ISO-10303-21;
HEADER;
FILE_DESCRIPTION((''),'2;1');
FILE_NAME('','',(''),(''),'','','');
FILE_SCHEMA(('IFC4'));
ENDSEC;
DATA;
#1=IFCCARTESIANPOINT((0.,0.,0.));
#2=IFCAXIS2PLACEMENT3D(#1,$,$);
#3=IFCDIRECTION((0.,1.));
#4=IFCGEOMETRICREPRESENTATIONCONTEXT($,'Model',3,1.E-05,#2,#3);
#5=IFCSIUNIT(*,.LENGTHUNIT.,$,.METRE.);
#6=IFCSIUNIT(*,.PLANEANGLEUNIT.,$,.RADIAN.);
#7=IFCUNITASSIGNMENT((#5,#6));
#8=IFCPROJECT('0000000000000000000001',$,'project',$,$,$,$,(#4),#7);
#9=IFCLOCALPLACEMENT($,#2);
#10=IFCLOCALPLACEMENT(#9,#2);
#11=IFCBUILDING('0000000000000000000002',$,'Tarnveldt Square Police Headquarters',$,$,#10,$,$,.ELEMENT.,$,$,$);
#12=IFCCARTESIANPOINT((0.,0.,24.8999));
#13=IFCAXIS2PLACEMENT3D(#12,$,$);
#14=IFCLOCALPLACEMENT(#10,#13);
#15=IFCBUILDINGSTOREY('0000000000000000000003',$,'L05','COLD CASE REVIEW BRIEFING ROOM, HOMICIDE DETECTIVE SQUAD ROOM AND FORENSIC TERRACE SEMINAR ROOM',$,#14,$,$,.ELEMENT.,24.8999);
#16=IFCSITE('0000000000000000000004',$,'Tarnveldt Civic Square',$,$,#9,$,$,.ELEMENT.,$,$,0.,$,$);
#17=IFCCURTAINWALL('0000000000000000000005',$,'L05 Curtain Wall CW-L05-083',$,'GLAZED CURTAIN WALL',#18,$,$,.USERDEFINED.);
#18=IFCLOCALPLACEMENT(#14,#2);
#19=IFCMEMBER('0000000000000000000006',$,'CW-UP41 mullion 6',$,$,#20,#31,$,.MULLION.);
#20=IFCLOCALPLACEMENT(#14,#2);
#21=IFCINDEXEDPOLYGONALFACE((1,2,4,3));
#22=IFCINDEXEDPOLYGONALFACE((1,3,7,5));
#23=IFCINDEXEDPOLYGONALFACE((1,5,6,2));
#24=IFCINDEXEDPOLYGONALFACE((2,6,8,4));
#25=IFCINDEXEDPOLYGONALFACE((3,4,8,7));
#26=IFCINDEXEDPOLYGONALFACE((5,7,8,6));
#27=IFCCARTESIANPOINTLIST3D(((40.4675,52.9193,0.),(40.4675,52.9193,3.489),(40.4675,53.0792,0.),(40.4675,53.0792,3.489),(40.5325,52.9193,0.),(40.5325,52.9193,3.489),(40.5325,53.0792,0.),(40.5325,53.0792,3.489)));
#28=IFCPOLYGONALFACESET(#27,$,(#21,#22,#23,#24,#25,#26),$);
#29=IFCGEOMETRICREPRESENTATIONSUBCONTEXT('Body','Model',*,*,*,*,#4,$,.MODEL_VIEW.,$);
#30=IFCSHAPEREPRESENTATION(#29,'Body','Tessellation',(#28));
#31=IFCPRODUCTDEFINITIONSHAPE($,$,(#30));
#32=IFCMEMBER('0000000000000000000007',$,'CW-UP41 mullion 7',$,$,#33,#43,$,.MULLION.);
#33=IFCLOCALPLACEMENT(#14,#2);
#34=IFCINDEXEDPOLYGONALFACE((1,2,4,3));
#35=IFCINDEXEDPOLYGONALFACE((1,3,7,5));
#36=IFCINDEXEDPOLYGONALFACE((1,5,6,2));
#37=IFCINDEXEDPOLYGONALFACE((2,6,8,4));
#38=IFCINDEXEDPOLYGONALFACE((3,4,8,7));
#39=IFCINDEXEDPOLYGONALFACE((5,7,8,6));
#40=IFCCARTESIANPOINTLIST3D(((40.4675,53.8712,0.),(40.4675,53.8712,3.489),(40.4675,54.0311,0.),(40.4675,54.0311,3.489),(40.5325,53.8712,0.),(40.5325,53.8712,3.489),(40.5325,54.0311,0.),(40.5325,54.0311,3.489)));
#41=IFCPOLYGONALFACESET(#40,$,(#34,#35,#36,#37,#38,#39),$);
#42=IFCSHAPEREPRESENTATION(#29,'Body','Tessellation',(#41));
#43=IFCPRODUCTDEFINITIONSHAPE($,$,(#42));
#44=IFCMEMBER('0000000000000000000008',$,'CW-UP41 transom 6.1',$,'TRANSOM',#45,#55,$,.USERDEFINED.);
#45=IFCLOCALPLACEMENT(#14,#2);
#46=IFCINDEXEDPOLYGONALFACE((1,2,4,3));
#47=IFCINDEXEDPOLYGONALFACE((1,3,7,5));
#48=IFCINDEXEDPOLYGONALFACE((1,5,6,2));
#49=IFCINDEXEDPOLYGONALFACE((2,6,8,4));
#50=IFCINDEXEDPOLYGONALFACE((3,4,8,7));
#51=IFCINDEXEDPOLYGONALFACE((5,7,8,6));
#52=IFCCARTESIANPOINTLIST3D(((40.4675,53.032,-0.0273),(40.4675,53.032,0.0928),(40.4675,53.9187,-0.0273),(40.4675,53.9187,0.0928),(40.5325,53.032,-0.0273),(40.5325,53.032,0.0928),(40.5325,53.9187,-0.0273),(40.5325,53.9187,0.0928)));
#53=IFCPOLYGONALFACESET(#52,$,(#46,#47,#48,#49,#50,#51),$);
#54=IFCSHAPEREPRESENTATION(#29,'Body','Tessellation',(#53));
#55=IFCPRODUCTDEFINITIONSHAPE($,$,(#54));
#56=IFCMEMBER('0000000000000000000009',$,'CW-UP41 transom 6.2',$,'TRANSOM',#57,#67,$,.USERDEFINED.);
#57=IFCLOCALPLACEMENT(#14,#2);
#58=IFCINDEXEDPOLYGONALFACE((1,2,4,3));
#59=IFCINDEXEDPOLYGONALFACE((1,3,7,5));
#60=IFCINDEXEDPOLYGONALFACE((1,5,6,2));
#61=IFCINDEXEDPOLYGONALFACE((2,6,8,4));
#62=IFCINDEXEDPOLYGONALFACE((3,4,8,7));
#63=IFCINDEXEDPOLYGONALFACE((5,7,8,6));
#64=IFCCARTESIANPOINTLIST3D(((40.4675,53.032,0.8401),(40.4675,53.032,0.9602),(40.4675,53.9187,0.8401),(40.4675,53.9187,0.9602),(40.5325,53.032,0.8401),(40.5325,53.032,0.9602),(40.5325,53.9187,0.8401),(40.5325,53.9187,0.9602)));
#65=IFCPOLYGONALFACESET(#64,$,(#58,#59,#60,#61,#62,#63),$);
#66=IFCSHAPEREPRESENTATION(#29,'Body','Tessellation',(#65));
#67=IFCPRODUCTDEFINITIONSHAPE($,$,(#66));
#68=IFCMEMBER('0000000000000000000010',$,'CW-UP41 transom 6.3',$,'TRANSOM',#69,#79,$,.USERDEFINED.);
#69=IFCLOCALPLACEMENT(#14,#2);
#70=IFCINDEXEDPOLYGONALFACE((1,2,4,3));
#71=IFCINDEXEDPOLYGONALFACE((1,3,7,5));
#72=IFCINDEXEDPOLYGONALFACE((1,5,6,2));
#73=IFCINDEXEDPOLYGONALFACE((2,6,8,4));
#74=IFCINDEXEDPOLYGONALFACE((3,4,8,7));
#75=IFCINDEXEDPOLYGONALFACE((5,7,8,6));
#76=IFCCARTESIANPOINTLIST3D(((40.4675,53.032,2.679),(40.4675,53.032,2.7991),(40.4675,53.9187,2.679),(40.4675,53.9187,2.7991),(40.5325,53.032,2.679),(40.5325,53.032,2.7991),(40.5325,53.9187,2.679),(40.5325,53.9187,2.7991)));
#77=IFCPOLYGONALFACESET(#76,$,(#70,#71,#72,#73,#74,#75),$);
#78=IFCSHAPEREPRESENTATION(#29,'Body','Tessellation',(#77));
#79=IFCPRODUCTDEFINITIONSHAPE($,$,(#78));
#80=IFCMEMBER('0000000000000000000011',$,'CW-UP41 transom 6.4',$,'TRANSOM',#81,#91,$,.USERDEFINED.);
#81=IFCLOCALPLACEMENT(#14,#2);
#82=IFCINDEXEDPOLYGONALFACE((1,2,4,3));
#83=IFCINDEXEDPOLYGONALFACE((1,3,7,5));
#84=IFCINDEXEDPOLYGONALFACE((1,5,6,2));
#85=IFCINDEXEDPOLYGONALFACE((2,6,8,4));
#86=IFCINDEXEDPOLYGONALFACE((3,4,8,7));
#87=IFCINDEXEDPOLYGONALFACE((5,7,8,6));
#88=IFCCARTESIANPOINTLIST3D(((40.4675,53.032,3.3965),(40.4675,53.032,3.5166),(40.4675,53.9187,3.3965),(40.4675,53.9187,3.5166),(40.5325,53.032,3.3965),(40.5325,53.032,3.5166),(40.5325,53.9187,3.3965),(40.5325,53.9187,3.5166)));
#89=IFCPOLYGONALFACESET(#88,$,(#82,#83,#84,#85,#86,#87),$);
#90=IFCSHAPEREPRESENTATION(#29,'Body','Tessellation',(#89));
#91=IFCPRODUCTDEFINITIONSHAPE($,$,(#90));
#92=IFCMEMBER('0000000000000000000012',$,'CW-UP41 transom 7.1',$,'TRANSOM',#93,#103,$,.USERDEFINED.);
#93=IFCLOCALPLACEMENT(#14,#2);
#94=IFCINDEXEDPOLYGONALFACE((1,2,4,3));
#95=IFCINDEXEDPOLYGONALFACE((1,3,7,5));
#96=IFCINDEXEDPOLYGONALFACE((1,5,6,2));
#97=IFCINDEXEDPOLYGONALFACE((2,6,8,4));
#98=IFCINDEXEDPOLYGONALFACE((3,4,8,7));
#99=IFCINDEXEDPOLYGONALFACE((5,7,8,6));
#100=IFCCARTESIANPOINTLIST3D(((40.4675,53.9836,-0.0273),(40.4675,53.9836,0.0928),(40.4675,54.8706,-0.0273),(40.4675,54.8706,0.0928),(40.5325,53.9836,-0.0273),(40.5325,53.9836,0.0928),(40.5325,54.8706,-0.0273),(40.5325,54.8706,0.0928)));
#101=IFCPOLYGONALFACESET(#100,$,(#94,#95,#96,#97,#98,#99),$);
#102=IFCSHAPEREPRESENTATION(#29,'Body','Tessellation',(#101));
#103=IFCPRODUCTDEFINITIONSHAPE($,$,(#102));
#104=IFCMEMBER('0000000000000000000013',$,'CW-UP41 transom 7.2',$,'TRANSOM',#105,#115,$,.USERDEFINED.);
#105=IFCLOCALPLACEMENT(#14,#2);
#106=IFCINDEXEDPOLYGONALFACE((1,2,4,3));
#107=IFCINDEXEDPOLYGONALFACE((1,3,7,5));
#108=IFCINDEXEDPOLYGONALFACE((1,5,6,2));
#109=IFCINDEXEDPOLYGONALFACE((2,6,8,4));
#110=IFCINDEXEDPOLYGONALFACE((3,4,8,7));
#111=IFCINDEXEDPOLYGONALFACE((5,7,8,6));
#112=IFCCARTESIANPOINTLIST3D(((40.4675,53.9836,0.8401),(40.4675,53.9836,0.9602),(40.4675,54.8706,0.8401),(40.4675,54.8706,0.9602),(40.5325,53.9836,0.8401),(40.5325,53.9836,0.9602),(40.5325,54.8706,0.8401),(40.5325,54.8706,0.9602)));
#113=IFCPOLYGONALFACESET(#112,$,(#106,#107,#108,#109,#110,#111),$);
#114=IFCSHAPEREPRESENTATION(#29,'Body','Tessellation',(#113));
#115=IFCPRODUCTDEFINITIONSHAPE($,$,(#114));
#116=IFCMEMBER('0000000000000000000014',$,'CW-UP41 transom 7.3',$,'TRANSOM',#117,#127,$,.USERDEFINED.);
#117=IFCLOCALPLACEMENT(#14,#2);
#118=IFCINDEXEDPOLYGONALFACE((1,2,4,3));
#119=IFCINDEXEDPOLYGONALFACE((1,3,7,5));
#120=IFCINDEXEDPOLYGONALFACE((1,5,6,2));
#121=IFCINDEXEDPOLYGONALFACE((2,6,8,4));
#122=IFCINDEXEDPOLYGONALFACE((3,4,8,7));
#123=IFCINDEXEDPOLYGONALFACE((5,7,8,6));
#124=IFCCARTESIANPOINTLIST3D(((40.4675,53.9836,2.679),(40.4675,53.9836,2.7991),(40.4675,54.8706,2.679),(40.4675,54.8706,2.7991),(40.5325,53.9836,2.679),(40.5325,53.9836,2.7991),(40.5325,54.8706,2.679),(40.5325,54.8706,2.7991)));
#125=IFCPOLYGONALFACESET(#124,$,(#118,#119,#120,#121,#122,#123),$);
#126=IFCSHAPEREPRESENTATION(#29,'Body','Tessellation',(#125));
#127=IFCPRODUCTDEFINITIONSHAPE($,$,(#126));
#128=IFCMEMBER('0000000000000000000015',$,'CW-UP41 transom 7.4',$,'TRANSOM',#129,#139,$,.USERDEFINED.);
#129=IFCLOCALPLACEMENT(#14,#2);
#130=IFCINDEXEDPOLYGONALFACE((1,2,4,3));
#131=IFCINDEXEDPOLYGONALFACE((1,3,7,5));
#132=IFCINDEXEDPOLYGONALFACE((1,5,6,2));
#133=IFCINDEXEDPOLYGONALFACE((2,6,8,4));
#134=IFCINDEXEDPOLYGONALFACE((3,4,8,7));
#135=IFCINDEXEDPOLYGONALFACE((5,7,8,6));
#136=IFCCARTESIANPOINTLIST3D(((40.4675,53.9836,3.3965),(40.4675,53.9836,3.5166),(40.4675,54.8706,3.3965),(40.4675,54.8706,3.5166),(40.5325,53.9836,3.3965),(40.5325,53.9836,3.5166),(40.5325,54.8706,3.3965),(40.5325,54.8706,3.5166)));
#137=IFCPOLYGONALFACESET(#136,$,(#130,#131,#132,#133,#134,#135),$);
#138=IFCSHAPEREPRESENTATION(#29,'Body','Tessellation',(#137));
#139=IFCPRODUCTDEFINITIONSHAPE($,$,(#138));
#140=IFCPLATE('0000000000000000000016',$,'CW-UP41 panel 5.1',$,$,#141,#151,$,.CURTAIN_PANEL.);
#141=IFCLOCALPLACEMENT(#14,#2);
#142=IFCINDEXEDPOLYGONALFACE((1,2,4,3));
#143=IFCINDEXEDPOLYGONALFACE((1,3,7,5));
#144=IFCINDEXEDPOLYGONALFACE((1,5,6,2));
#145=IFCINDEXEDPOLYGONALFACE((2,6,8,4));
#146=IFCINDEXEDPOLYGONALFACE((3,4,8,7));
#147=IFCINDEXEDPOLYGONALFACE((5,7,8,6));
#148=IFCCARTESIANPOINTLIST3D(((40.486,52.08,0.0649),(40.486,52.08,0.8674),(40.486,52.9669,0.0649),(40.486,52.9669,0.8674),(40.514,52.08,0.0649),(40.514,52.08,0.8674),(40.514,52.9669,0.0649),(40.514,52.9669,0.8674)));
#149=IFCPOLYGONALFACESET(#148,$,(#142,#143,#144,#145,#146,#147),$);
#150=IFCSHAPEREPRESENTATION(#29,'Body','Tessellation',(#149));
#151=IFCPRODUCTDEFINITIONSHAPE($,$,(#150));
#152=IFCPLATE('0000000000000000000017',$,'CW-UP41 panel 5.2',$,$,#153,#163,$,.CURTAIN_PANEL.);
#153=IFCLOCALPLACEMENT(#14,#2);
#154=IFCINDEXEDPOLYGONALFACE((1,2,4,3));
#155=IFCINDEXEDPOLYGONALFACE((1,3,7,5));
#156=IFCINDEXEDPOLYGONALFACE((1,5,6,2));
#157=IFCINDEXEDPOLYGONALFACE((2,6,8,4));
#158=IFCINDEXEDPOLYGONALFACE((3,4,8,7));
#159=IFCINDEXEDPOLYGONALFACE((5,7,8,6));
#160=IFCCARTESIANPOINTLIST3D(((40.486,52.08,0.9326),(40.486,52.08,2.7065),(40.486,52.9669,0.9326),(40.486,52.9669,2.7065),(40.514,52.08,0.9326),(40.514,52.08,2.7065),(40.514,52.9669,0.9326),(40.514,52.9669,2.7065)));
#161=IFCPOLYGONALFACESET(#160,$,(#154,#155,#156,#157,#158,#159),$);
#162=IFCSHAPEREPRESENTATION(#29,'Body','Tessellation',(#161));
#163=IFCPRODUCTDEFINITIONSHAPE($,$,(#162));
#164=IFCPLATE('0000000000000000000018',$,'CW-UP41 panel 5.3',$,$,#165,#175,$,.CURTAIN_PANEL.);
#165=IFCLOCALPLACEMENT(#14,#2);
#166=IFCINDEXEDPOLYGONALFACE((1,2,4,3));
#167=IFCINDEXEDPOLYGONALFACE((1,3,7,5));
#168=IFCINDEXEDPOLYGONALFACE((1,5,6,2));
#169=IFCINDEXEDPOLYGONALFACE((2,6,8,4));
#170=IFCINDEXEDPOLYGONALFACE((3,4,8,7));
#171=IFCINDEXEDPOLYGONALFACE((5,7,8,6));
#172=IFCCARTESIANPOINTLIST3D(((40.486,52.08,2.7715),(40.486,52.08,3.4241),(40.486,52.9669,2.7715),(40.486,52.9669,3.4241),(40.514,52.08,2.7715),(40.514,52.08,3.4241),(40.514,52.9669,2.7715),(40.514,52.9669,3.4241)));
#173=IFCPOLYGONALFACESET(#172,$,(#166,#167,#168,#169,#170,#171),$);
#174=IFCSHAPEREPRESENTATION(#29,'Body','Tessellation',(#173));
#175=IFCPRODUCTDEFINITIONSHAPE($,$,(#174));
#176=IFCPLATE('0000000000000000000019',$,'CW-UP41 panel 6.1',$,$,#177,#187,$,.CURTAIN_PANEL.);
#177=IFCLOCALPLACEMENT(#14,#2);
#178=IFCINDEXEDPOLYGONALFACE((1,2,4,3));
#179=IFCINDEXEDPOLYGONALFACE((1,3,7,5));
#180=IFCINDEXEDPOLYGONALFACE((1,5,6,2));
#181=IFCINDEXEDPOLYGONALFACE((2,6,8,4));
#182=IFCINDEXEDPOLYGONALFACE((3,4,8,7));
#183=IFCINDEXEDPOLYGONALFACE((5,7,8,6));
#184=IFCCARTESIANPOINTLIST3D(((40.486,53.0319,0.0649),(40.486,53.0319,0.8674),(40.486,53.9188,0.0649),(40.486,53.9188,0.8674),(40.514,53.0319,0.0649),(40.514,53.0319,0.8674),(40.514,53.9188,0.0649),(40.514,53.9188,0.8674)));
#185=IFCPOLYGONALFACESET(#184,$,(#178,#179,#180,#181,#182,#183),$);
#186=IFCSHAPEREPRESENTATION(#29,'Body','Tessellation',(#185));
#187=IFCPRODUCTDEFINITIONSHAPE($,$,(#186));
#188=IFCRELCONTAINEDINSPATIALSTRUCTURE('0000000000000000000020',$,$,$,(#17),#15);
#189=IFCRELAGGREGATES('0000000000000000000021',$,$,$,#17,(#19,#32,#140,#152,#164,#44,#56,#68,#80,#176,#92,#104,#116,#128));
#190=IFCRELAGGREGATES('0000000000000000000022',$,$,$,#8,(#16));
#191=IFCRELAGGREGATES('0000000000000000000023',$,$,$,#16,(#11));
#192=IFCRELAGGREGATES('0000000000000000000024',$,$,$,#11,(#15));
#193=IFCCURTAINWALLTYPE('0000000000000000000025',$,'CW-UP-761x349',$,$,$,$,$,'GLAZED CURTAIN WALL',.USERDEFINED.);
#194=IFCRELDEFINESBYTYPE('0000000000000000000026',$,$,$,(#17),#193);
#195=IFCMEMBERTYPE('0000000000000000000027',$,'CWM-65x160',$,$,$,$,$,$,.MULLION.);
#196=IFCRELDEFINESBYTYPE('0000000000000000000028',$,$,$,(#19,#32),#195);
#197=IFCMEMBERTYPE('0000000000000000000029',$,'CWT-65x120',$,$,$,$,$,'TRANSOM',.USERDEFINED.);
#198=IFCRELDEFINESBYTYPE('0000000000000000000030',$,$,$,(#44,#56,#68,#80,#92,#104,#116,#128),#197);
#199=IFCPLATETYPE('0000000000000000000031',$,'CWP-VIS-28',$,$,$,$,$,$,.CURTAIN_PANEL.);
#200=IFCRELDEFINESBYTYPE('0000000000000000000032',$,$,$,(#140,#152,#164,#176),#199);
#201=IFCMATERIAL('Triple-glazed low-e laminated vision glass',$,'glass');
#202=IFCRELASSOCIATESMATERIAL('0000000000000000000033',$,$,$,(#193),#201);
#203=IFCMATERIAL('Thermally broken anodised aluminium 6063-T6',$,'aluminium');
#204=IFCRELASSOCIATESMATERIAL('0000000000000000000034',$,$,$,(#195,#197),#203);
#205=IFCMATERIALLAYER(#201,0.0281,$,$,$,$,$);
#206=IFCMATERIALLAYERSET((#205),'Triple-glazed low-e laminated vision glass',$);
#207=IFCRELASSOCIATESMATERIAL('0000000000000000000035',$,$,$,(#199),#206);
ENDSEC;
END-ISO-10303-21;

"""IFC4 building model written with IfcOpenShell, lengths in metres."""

from ifc_helpers import new_model, si_unit, direction, frame, origin, origin_2d, place, context, subcontext, project, spatial, rectangle, extrude, material, layer, layer_set, material_profile, profile_set, type_object, element, aggregate, save


model = new_model("IFC4")

# Units and contexts
model_context = context("Model", 3, precision=1e-05, world=origin(), true_north=direction((0.0, 1.0)))
body_context = subcontext(model_context, "Body", "Model", "MODEL_VIEW")
ifc_project = project(units=[si_unit("LENGTHUNIT", "METRE"), si_unit("PLANEANGLEUNIT", "RADIAN")], contexts=[model_context])

# Site, building, storey
site_placement = place(None, origin())
site = spatial("IfcSite", under=ifc_project, at=site_placement, Name="Tarnveldt Civic Square", CompositionType="ELEMENT", RefElevation=0.0)
building_placement = place(site_placement, origin())
building = spatial("IfcBuilding", under=site, at=building_placement, Name="Tarnveldt Square Police Headquarters", CompositionType="ELEMENT")
storey_placement = place(building_placement, frame((0.0, 0.0, 24.8999)))
storey = spatial("IfcBuildingStorey", under=building, at=storey_placement, Name="L05", Description="COLD CASE REVIEW BRIEFING ROOM, HOMICIDE DETECTIVE SQUAD ROOM AND FORENSIC TERRACE SEMINAR ROOM", CompositionType="ELEMENT", Elevation=24.8999)

# Curtain wall, members, plates
ifc_material_1 = material(Name="Triple-glazed low-e laminated vision glass", Category="glass")
curtain_wall_type = type_object("IfcCurtainWallType", Name="CW-UP-761x349", ElementType="GLAZED CURTAIN WALL", PredefinedType="USERDEFINED", material=ifc_material_1)
curtain_wall_placement = place(storey_placement, origin())
curtain_wall = element("IfcCurtainWall", 1, at=curtain_wall_placement, inside=storey, type_object=curtain_wall_type, Name="L05 Curtain Wall CW-L05-083", ObjectType="GLAZED CURTAIN WALL", PredefinedType="USERDEFINED")
ifc_material_2 = material(Name="Thermally broken anodised aluminium 6063-T6", Category="aluminium")
ifc_material_profile_1 = material_profile(ifc_material_2, rectangle(XDim=0.0649, YDim=0.1599, at=origin_2d()), Name="CW-M65x160")
ifc_profile_set_1 = profile_set([ifc_material_profile_1], Name="Thermally broken anodised aluminium 6063-T6")
member_type_1 = type_object("IfcMemberType", Name="CWM-65x160", PredefinedType="MULLION", material=ifc_profile_set_1)
member_1_placement = place(storey_placement, frame((40.5, 52.9993, 0.0), z_axis=(0.0, 0.0, 1.0), x_axis=(-1.0, 0.0, 0.0)))
member_1 = element("IfcMember", 2, at=member_1_placement, type_object=member_type_1, Name="CW-UP41 mullion 6", PredefinedType="MULLION", context=body_context, shape_type="SweptSolid", body=[
    extrude(rectangle(XDim=0.0649, YDim=0.1599, at=origin_2d()), origin(), (0.0, 0.0, 1.0), 3.489),
])
member_2_placement = place(storey_placement, frame((40.5, 53.9512, 0.0), z_axis=(0.0, 0.0, 1.0), x_axis=(-1.0, 0.0, 0.0)))
member_2 = element("IfcMember", 3, at=member_2_placement, type_object=member_type_1, Name="CW-UP41 mullion 7", PredefinedType="MULLION", context=body_context, shape_type="SweptSolid", body=[
    extrude(rectangle(XDim=0.0649, YDim=0.1599, at=origin_2d()), origin(), (0.0, 0.0, 1.0), 3.489),
])
ifc_material_profile_2 = material_profile(ifc_material_2, rectangle(XDim=0.0649, YDim=0.1201, at=origin_2d()), Name="CW-T65x120")
ifc_profile_set_2 = profile_set([ifc_material_profile_2], Name="Thermally broken anodised aluminium 6063-T6")
member_type_2 = type_object("IfcMemberType", Name="CWT-65x120", ElementType="TRANSOM", PredefinedType="USERDEFINED", material=ifc_profile_set_2)
member_3_placement = place(storey_placement, frame((40.5, 53.032, 0.0327), z_axis=(0.0, 1.0, 0.0), x_axis=(-1.0, 0.0, 0.0)))
member_3 = element("IfcMember", 4, at=member_3_placement, type_object=member_type_2, Name="CW-UP41 transom 6.1", ObjectType="TRANSOM", PredefinedType="USERDEFINED", context=body_context, shape_type="SweptSolid", body=[
    extrude(rectangle(XDim=0.0649, YDim=0.1201, at=origin_2d()), origin(), (0.0, 0.0, 1.0), 0.8867),
])
member_4_placement = place(storey_placement, frame((40.5, 53.032, 0.9001), z_axis=(0.0, 1.0, 0.0), x_axis=(-1.0, 0.0, 0.0)))
member_4 = element("IfcMember", 5, at=member_4_placement, type_object=member_type_2, Name="CW-UP41 transom 6.2", ObjectType="TRANSOM", PredefinedType="USERDEFINED", context=body_context, shape_type="SweptSolid", body=[
    extrude(rectangle(XDim=0.0649, YDim=0.1201, at=origin_2d()), origin(), (0.0, 0.0, 1.0), 0.8867),
])
member_5_placement = place(storey_placement, frame((40.5, 53.032, 2.739), z_axis=(0.0, 1.0, 0.0), x_axis=(-1.0, 0.0, 0.0)))
member_5 = element("IfcMember", 6, at=member_5_placement, type_object=member_type_2, Name="CW-UP41 transom 6.3", ObjectType="TRANSOM", PredefinedType="USERDEFINED", context=body_context, shape_type="SweptSolid", body=[
    extrude(rectangle(XDim=0.0649, YDim=0.1201, at=origin_2d()), origin(), (0.0, 0.0, 1.0), 0.8867),
])
member_6_placement = place(storey_placement, frame((40.5, 53.032, 3.4565), z_axis=(0.0, 1.0, 0.0), x_axis=(-1.0, 0.0, 0.0)))
member_6 = element("IfcMember", 7, at=member_6_placement, type_object=member_type_2, Name="CW-UP41 transom 6.4", ObjectType="TRANSOM", PredefinedType="USERDEFINED", context=body_context, shape_type="SweptSolid", body=[
    extrude(rectangle(XDim=0.0649, YDim=0.1201, at=origin_2d()), origin(), (0.0, 0.0, 1.0), 0.8867),
])
member_7_placement = place(storey_placement, frame((40.5, 53.9836, 0.0327), z_axis=(0.0, 1.0, 0.0), x_axis=(-1.0, 0.0, 0.0)))
member_7 = element("IfcMember", 8, at=member_7_placement, type_object=member_type_2, Name="CW-UP41 transom 7.1", ObjectType="TRANSOM", PredefinedType="USERDEFINED", context=body_context, shape_type="SweptSolid", body=[
    extrude(rectangle(XDim=0.0649, YDim=0.1201, at=origin_2d()), origin(), (0.0, 0.0, 1.0), 0.887),
])
member_8_placement = place(storey_placement, frame((40.5, 53.9836, 0.9001), z_axis=(0.0, 1.0, 0.0), x_axis=(-1.0, 0.0, 0.0)))
member_8 = element("IfcMember", 9, at=member_8_placement, type_object=member_type_2, Name="CW-UP41 transom 7.2", ObjectType="TRANSOM", PredefinedType="USERDEFINED", context=body_context, shape_type="SweptSolid", body=[
    extrude(rectangle(XDim=0.0649, YDim=0.1201, at=origin_2d()), origin(), (0.0, 0.0, 1.0), 0.887),
])
member_9_placement = place(storey_placement, frame((40.5, 53.9836, 2.739), z_axis=(0.0, 1.0, 0.0), x_axis=(-1.0, 0.0, 0.0)))
member_9 = element("IfcMember", 10, at=member_9_placement, type_object=member_type_2, Name="CW-UP41 transom 7.3", ObjectType="TRANSOM", PredefinedType="USERDEFINED", context=body_context, shape_type="SweptSolid", body=[
    extrude(rectangle(XDim=0.0649, YDim=0.1201, at=origin_2d()), origin(), (0.0, 0.0, 1.0), 0.887),
])
member_10_placement = place(storey_placement, frame((40.5, 53.9836, 3.4565), z_axis=(0.0, 1.0, 0.0), x_axis=(-1.0, 0.0, 0.0)))
member_10 = element("IfcMember", 11, at=member_10_placement, type_object=member_type_2, Name="CW-UP41 transom 7.4", ObjectType="TRANSOM", PredefinedType="USERDEFINED", context=body_context, shape_type="SweptSolid", body=[
    extrude(rectangle(XDim=0.0649, YDim=0.1201, at=origin_2d()), origin(), (0.0, 0.0, 1.0), 0.887),
])
ifc_layer_1 = layer(ifc_material_1, 0.0281)
ifc_layer_set_1 = layer_set([ifc_layer_1], Name="Triple-glazed low-e laminated vision glass")
plate_type = type_object("IfcPlateType", Name="CWP-VIS-28", PredefinedType="CURTAIN_PANEL", material=ifc_layer_set_1)
plate_1_placement = place(storey_placement, frame((40.5, 52.5234, 0.0649), z_axis=(0.0, 0.0, 1.0), x_axis=(0.0, 1.0, 0.0)))
plate_1 = element("IfcPlate", 12, at=plate_1_placement, type_object=plate_type, Name="CW-UP41 panel 5.1", PredefinedType="CURTAIN_PANEL", context=body_context, shape_type="SweptSolid", body=[
    extrude(rectangle(XDim=0.887, YDim=0.0281, at=origin_2d()), origin(), (0.0, 0.0, 1.0), 0.8025),
])
plate_2_placement = place(storey_placement, frame((40.5, 52.5234, 0.9326), z_axis=(0.0, 0.0, 1.0), x_axis=(0.0, 1.0, 0.0)))
plate_2 = element("IfcPlate", 13, at=plate_2_placement, type_object=plate_type, Name="CW-UP41 panel 5.2", PredefinedType="CURTAIN_PANEL", context=body_context, shape_type="SweptSolid", body=[
    extrude(rectangle(XDim=0.887, YDim=0.0281, at=origin_2d()), origin(), (0.0, 0.0, 1.0), 1.7739),
])
plate_3_placement = place(storey_placement, frame((40.5, 52.5234, 2.7715), z_axis=(0.0, 0.0, 1.0), x_axis=(0.0, 1.0, 0.0)))
plate_3 = element("IfcPlate", 14, at=plate_3_placement, type_object=plate_type, Name="CW-UP41 panel 5.3", PredefinedType="CURTAIN_PANEL", context=body_context, shape_type="SweptSolid", body=[
    extrude(rectangle(XDim=0.887, YDim=0.0281, at=origin_2d()), origin(), (0.0, 0.0, 1.0), 0.6526),
])
plate_4_placement = place(storey_placement, frame((40.5, 53.4753, 0.0649), z_axis=(0.0, 0.0, 1.0), x_axis=(0.0, 1.0, 0.0)))
plate_4 = element("IfcPlate", 15, at=plate_4_placement, type_object=plate_type, Name="CW-UP41 panel 6.1", PredefinedType="CURTAIN_PANEL", context=body_context, shape_type="SweptSolid", body=[
    extrude(rectangle(XDim=0.887, YDim=0.0281, at=origin_2d()), origin(), (0.0, 0.0, 1.0), 0.8025),
])
aggregate(curtain_wall, [member_1, member_2, plate_1, plate_2, plate_3, member_3, member_4, member_5, member_6, plate_4, member_7, member_8, member_9, member_10])

save(model, "model.ifc")
